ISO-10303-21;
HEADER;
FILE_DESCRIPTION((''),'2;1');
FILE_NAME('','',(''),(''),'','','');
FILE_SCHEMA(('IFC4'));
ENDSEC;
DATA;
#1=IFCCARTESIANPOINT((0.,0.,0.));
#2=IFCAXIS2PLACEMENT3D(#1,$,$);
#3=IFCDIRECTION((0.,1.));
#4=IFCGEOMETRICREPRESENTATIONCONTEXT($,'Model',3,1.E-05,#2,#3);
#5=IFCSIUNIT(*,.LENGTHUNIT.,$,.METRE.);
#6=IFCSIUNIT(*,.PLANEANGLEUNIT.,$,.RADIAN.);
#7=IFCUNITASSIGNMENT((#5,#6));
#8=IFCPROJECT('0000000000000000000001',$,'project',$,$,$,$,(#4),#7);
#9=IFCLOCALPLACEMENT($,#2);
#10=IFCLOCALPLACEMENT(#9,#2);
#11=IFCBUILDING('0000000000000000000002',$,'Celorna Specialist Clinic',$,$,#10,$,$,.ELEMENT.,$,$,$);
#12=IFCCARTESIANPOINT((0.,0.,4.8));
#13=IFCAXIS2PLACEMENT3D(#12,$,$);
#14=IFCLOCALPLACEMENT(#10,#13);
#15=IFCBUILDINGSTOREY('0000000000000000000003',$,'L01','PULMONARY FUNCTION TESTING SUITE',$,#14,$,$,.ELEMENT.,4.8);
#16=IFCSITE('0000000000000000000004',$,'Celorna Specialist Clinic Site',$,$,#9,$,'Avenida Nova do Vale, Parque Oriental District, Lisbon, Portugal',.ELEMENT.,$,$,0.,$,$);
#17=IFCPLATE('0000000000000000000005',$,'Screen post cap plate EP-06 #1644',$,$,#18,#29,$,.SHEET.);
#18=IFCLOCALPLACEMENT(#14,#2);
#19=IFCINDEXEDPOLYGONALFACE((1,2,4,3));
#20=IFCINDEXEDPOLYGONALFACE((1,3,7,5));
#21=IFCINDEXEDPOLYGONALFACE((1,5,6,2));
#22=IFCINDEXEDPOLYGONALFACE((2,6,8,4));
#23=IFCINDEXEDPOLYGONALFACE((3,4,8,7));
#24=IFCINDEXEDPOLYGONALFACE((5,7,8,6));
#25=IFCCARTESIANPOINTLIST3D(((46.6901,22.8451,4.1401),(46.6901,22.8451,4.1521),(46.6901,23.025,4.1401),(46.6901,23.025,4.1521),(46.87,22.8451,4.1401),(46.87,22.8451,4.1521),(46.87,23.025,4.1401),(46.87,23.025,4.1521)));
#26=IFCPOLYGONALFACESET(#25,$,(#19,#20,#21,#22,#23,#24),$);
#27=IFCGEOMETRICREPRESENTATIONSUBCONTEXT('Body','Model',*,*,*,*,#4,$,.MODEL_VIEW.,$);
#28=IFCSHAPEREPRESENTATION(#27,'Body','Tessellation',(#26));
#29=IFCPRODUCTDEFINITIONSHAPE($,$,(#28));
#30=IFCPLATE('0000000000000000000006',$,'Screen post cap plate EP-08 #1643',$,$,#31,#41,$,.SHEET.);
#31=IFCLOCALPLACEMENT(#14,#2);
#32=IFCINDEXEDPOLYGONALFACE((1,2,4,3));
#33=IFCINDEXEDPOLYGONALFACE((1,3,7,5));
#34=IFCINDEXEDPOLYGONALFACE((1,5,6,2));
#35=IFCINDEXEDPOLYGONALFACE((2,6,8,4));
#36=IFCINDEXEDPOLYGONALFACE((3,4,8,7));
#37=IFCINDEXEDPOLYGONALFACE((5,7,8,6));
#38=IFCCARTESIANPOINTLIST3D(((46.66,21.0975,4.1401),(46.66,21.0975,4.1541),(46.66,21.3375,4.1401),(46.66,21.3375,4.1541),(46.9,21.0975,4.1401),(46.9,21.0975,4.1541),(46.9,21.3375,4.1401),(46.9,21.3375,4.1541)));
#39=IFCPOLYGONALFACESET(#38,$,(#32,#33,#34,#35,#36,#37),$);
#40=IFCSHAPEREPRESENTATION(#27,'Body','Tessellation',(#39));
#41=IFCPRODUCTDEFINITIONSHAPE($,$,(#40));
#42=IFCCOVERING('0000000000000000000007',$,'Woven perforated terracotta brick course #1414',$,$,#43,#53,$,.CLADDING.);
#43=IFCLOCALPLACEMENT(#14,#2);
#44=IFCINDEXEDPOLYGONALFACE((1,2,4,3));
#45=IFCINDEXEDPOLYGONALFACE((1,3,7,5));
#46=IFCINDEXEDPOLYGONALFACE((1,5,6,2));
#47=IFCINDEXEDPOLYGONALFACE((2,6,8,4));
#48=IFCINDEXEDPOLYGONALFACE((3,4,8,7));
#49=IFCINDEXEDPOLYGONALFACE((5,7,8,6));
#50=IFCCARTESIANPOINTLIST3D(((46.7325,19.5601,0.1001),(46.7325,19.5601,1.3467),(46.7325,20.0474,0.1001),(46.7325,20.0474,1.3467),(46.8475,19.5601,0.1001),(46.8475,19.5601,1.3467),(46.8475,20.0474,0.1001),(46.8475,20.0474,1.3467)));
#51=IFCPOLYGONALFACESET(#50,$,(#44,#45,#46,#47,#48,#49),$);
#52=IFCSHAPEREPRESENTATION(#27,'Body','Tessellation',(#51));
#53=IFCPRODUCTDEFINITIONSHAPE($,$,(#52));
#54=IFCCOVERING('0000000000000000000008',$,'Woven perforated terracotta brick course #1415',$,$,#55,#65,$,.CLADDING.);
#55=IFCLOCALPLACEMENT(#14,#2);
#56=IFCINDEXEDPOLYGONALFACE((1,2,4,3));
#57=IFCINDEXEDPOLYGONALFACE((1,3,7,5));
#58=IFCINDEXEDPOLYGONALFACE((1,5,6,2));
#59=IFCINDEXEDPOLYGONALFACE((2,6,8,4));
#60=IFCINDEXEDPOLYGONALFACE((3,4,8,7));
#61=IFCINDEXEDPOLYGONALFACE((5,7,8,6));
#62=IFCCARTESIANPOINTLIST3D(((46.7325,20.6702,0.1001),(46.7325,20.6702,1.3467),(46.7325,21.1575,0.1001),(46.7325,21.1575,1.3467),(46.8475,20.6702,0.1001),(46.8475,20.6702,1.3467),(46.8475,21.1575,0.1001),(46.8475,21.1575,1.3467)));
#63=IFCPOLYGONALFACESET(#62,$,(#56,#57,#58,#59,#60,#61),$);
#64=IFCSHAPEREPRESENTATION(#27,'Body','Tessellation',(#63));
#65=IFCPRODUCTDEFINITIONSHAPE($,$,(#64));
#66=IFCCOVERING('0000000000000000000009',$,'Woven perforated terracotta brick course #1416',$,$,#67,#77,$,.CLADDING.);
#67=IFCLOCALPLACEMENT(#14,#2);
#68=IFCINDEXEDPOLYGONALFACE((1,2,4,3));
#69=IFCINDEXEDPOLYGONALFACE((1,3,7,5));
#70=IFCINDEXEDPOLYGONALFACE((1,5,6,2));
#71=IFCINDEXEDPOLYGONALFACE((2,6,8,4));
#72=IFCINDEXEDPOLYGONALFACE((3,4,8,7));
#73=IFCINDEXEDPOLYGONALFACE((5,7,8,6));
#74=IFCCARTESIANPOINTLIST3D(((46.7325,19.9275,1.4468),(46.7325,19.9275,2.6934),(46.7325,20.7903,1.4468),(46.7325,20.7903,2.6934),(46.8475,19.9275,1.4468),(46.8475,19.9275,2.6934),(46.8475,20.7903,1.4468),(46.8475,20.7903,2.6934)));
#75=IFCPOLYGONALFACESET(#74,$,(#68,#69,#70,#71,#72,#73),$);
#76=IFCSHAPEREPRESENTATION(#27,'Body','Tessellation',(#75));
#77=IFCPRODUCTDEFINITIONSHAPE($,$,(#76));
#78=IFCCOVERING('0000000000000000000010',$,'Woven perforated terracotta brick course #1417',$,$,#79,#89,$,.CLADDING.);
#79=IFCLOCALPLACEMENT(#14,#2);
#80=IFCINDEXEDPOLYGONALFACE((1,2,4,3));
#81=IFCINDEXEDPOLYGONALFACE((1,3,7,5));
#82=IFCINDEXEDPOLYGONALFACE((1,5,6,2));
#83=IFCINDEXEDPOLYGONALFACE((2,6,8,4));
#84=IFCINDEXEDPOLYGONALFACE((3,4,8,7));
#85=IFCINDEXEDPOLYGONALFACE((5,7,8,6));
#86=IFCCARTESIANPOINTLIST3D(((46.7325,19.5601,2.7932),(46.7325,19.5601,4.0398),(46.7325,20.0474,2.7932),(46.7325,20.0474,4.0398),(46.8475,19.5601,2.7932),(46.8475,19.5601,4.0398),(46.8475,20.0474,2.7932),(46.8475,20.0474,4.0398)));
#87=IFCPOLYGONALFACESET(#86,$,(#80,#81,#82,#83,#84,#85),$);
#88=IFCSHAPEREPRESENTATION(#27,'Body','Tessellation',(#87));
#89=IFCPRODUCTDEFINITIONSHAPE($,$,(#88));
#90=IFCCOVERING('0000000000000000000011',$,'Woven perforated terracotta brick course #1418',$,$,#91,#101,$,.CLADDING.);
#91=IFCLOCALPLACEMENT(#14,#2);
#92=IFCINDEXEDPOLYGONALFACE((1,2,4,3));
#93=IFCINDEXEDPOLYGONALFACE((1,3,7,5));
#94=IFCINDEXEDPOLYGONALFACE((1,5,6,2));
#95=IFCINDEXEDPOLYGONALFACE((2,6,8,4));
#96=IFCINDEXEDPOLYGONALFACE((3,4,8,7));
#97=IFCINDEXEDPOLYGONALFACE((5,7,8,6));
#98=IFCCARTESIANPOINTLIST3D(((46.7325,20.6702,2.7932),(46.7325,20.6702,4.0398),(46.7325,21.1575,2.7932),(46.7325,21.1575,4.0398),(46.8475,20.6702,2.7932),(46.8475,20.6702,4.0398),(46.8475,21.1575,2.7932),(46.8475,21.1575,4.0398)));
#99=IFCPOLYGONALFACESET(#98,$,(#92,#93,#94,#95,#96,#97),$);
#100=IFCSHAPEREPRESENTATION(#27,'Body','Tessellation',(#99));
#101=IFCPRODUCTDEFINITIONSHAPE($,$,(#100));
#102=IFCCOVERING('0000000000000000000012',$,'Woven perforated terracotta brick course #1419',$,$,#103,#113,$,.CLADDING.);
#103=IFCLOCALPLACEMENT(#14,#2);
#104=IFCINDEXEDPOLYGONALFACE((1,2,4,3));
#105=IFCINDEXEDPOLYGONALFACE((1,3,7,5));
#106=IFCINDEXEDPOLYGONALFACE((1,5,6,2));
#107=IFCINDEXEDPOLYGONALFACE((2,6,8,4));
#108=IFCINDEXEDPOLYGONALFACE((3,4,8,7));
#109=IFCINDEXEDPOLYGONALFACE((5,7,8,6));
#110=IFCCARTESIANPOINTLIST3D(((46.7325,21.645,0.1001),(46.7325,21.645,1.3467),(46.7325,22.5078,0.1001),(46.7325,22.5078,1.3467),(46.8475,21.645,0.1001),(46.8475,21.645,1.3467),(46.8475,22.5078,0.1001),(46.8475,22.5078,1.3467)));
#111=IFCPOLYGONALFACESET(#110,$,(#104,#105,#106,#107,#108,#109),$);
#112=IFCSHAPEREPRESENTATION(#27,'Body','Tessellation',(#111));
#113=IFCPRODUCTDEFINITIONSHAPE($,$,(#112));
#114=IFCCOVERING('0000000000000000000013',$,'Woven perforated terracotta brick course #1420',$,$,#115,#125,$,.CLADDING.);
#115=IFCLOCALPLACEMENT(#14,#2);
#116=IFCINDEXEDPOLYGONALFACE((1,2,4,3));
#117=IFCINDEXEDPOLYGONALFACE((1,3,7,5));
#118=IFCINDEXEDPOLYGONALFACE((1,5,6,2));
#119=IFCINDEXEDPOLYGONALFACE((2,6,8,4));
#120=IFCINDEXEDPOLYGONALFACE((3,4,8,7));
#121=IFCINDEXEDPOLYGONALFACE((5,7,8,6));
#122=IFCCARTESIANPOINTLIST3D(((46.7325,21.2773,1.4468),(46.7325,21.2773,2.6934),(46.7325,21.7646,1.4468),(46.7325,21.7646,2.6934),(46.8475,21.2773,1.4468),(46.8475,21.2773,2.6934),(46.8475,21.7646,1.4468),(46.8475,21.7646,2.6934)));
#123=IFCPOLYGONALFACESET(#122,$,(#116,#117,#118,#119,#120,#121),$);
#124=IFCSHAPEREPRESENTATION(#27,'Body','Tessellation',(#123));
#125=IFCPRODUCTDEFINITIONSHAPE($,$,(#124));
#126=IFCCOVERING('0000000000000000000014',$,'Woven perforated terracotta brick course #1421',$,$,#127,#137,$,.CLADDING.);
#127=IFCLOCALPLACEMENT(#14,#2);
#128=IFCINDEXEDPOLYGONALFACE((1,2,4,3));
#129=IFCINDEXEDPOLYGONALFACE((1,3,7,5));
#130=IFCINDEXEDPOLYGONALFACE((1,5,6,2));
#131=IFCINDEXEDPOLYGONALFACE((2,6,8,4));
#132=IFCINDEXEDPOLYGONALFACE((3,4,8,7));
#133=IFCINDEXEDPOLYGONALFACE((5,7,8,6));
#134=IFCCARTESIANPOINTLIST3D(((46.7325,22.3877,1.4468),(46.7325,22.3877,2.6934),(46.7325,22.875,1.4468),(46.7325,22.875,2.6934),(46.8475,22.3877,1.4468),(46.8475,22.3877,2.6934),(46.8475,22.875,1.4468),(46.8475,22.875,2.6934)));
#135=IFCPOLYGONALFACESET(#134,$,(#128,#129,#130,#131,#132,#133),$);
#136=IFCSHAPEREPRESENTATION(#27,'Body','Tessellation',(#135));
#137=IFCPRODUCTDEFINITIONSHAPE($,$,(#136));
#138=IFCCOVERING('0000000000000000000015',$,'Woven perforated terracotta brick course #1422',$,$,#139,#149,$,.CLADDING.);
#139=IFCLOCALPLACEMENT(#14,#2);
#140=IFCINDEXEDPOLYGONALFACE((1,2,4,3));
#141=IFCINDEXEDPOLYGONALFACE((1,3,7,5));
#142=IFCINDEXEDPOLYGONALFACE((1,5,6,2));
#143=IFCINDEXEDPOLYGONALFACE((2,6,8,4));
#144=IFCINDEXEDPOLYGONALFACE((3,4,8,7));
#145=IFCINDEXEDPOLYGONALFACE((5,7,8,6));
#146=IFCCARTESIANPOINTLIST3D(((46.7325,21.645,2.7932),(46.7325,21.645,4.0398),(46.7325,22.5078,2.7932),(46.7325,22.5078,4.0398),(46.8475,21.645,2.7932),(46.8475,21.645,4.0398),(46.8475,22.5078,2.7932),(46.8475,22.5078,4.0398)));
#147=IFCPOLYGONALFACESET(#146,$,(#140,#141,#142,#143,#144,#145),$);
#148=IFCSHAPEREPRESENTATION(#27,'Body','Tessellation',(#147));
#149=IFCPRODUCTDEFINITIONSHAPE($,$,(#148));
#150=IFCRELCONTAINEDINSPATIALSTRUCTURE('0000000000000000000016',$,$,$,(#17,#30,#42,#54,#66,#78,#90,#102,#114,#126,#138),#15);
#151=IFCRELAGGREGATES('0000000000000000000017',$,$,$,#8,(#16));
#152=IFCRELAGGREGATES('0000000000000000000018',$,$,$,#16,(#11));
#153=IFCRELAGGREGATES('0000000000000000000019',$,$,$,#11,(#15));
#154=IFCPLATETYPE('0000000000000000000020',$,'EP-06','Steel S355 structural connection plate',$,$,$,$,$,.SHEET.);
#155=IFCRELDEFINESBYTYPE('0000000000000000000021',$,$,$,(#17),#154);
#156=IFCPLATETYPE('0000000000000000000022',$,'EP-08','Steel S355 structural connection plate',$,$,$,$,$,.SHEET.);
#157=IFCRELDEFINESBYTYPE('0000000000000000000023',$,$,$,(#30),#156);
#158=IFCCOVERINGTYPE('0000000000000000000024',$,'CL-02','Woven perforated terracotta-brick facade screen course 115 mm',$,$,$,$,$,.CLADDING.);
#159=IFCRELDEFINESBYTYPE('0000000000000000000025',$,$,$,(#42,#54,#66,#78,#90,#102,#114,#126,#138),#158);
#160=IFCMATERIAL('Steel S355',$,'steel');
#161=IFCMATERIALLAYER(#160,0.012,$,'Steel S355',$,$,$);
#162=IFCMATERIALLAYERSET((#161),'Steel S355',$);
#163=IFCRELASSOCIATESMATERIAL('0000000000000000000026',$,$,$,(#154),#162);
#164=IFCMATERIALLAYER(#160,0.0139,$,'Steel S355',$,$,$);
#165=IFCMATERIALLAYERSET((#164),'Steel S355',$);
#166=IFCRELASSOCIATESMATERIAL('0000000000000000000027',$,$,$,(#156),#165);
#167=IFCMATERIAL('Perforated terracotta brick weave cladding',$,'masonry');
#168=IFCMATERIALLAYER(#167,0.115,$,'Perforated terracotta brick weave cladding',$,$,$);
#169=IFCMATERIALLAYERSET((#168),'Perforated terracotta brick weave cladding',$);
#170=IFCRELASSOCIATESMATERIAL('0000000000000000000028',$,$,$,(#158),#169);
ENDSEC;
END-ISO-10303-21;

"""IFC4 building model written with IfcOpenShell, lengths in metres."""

from ifc_helpers import new_model, si_unit, direction, frame, origin, origin_2d, place, context, subcontext, project, spatial, rectangle, extrude, material, layer, layer_set, type_object, element, save


model = new_model("IFC4")

# Units and contexts
model_context = context("Model", 3, precision=1e-05, world=origin(), true_north=direction((0.0, 1.0)))
body_context = subcontext(model_context, "Body", "Model", "MODEL_VIEW")
ifc_project = project(units=[si_unit("LENGTHUNIT", "METRE"), si_unit("PLANEANGLEUNIT", "RADIAN")], contexts=[model_context])

# Site, building, storey
site_placement = place(None, origin())
site = spatial("IfcSite", under=ifc_project, at=site_placement, Name="Celorna Specialist Clinic Site", LongName="Avenida Nova do Vale, Parque Oriental District, Lisbon, Portugal", CompositionType="ELEMENT", RefElevation=0.0)
building_placement = place(site_placement, origin())
building = spatial("IfcBuilding", under=site, at=building_placement, Name="Celorna Specialist Clinic", CompositionType="ELEMENT")
storey_placement = place(building_placement, frame((0.0, 0.0, 4.8)))
storey = spatial("IfcBuildingStorey", under=building, at=storey_placement, Name="L01", Description="PULMONARY FUNCTION TESTING SUITE", CompositionType="ELEMENT", Elevation=4.8)

# Shared definitions
ifc_material_1 = material(Name="Steel S355", Category="steel")

# Plates
ifc_layer_1 = layer(ifc_material_1, 0.012, Name="Steel S355")
ifc_layer_set_1 = layer_set([ifc_layer_1], Name="Steel S355")
plate_type_1 = type_object("IfcPlateType", Name="EP-06", Description="Steel S355 structural connection plate", PredefinedType="SHEET", material=ifc_layer_set_1)
plate_1_placement = place(storey_placement, frame((46.78, 22.9351, 4.1401), z_axis=(0.0, 0.0, 1.0), x_axis=(0.0, 1.0, 0.0)))
element("IfcPlate", 1, at=plate_1_placement, inside=storey, type_object=plate_type_1, Name="Screen post cap plate EP-06 #1644", PredefinedType="SHEET", context=body_context, shape_type="SweptSolid", body=[
    extrude(rectangle(XDim=0.1799, YDim=0.1799, at=origin_2d()), origin(), (0.0, 0.0, 1.0), 0.012),
])
ifc_layer_2 = layer(ifc_material_1, 0.0139, Name="Steel S355")
ifc_layer_set_2 = layer_set([ifc_layer_2], Name="Steel S355")
plate_type_2 = type_object("IfcPlateType", Name="EP-08", Description="Steel S355 structural connection plate", PredefinedType="SHEET", material=ifc_layer_set_2)
plate_2_placement = place(storey_placement, frame((46.78, 21.2175, 4.1401), z_axis=(0.0, 0.0, 1.0), x_axis=(0.0, 1.0, 0.0)))
element("IfcPlate", 2, at=plate_2_placement, inside=storey, type_object=plate_type_2, Name="Screen post cap plate EP-08 #1643", PredefinedType="SHEET", context=body_context, shape_type="SweptSolid", body=[
    extrude(rectangle(XDim=0.24, YDim=0.24, at=origin_2d()), origin(), (0.0, 0.0, 1.0), 0.0139),
])

# Coverings
ifc_material_2 = material(Name="Perforated terracotta brick weave cladding", Category="masonry")
ifc_layer_3 = layer(ifc_material_2, 0.115, Name="Perforated terracotta brick weave cladding")
ifc_layer_set_3 = layer_set([ifc_layer_3], Name="Perforated terracotta brick weave cladding")
covering_type = type_object("IfcCoveringType", Name="CL-02", Description="Woven perforated terracotta-brick facade screen course 115 mm", PredefinedType="CLADDING", material=ifc_layer_set_3)
for number, where, z_axis, x_axis, name in (
    (3, (46.79, 19.8037, 0.1001), (0.0, 0.0, 1.0), (0.0, 1.0, 0.0), "Woven perforated terracotta brick course #1414"),
    (4, (46.79, 20.9138, 0.1001), (0.0, 0.0, 1.0), (0.0, 1.0, 0.0), "Woven perforated terracotta brick course #1415"),
):
    element("IfcCovering", number, at=place(storey_placement, frame(where, z_axis=z_axis, x_axis=x_axis)), inside=storey, type_object=covering_type, Name=name, PredefinedType="CLADDING", context=body_context, shape_type="SweptSolid", body=[
        extrude(rectangle(XDim=0.4873, YDim=0.115, at=origin_2d()), origin(), (0.0, 0.0, 1.0), 1.2466),
    ])
covering_1_placement = place(storey_placement, frame((46.79, 20.3589, 1.4468), z_axis=(0.0, 0.0, 1.0), x_axis=(0.0, 1.0, 0.0)))
element("IfcCovering", 5, at=covering_1_placement, inside=storey, type_object=covering_type, Name="Woven perforated terracotta brick course #1416", PredefinedType="CLADDING", context=body_context, shape_type="SweptSolid", body=[
    extrude(rectangle(XDim=0.8628, YDim=0.115, at=origin_2d()), origin(), (0.0, 0.0, 1.0), 1.2466),
])
for number, where, z_axis, x_axis, name in (
    (6, (46.79, 19.8037, 2.7932), (0.0, 0.0, 1.0), (0.0, 1.0, 0.0), "Woven perforated terracotta brick course #1417"),
    (7, (46.79, 20.9138, 2.7932), (0.0, 0.0, 1.0), (0.0, 1.0, 0.0), "Woven perforated terracotta brick course #1418"),
):
    element("IfcCovering", number, at=place(storey_placement, frame(where, z_axis=z_axis, x_axis=x_axis)), inside=storey, type_object=covering_type, Name=name, PredefinedType="CLADDING", context=body_context, shape_type="SweptSolid", body=[
        extrude(rectangle(XDim=0.4873, YDim=0.115, at=origin_2d()), origin(), (0.0, 0.0, 1.0), 1.2466),
    ])
covering_2_placement = place(storey_placement, frame((46.79, 22.0764, 0.1001), z_axis=(0.0, 0.0, 1.0), x_axis=(0.0, 1.0, 0.0)))
element("IfcCovering", 8, at=covering_2_placement, inside=storey, type_object=covering_type, Name="Woven perforated terracotta brick course #1419", PredefinedType="CLADDING", context=body_context, shape_type="SweptSolid", body=[
    extrude(rectangle(XDim=0.8628, YDim=0.115, at=origin_2d()), origin(), (0.0, 0.0, 1.0), 1.2466),
])
for number, where, z_axis, x_axis, name in (
    (9, (46.79, 21.521, 1.4468), (0.0, 0.0, 1.0), (0.0, 1.0, 0.0), "Woven perforated terracotta brick course #1420"),
    (10, (46.79, 22.6313, 1.4468), (0.0, 0.0, 1.0), (0.0, 1.0, 0.0), "Woven perforated terracotta brick course #1421"),
):
    element("IfcCovering", number, at=place(storey_placement, frame(where, z_axis=z_axis, x_axis=x_axis)), inside=storey, type_object=covering_type, Name=name, PredefinedType="CLADDING", context=body_context, shape_type="SweptSolid", body=[
        extrude(rectangle(XDim=0.4873, YDim=0.115, at=origin_2d()), origin(), (0.0, 0.0, 1.0), 1.2466),
    ])
covering_3_placement = place(storey_placement, frame((46.79, 22.0764, 2.7932), z_axis=(0.0, 0.0, 1.0), x_axis=(0.0, 1.0, 0.0)))
element("IfcCovering", 11, at=covering_3_placement, inside=storey, type_object=covering_type, Name="Woven perforated terracotta brick course #1422", PredefinedType="CLADDING", context=body_context, shape_type="SweptSolid", body=[
    extrude(rectangle(XDim=0.8628, YDim=0.115, at=origin_2d()), origin(), (0.0, 0.0, 1.0), 1.2466),
])

save(model, "model.ifc")
